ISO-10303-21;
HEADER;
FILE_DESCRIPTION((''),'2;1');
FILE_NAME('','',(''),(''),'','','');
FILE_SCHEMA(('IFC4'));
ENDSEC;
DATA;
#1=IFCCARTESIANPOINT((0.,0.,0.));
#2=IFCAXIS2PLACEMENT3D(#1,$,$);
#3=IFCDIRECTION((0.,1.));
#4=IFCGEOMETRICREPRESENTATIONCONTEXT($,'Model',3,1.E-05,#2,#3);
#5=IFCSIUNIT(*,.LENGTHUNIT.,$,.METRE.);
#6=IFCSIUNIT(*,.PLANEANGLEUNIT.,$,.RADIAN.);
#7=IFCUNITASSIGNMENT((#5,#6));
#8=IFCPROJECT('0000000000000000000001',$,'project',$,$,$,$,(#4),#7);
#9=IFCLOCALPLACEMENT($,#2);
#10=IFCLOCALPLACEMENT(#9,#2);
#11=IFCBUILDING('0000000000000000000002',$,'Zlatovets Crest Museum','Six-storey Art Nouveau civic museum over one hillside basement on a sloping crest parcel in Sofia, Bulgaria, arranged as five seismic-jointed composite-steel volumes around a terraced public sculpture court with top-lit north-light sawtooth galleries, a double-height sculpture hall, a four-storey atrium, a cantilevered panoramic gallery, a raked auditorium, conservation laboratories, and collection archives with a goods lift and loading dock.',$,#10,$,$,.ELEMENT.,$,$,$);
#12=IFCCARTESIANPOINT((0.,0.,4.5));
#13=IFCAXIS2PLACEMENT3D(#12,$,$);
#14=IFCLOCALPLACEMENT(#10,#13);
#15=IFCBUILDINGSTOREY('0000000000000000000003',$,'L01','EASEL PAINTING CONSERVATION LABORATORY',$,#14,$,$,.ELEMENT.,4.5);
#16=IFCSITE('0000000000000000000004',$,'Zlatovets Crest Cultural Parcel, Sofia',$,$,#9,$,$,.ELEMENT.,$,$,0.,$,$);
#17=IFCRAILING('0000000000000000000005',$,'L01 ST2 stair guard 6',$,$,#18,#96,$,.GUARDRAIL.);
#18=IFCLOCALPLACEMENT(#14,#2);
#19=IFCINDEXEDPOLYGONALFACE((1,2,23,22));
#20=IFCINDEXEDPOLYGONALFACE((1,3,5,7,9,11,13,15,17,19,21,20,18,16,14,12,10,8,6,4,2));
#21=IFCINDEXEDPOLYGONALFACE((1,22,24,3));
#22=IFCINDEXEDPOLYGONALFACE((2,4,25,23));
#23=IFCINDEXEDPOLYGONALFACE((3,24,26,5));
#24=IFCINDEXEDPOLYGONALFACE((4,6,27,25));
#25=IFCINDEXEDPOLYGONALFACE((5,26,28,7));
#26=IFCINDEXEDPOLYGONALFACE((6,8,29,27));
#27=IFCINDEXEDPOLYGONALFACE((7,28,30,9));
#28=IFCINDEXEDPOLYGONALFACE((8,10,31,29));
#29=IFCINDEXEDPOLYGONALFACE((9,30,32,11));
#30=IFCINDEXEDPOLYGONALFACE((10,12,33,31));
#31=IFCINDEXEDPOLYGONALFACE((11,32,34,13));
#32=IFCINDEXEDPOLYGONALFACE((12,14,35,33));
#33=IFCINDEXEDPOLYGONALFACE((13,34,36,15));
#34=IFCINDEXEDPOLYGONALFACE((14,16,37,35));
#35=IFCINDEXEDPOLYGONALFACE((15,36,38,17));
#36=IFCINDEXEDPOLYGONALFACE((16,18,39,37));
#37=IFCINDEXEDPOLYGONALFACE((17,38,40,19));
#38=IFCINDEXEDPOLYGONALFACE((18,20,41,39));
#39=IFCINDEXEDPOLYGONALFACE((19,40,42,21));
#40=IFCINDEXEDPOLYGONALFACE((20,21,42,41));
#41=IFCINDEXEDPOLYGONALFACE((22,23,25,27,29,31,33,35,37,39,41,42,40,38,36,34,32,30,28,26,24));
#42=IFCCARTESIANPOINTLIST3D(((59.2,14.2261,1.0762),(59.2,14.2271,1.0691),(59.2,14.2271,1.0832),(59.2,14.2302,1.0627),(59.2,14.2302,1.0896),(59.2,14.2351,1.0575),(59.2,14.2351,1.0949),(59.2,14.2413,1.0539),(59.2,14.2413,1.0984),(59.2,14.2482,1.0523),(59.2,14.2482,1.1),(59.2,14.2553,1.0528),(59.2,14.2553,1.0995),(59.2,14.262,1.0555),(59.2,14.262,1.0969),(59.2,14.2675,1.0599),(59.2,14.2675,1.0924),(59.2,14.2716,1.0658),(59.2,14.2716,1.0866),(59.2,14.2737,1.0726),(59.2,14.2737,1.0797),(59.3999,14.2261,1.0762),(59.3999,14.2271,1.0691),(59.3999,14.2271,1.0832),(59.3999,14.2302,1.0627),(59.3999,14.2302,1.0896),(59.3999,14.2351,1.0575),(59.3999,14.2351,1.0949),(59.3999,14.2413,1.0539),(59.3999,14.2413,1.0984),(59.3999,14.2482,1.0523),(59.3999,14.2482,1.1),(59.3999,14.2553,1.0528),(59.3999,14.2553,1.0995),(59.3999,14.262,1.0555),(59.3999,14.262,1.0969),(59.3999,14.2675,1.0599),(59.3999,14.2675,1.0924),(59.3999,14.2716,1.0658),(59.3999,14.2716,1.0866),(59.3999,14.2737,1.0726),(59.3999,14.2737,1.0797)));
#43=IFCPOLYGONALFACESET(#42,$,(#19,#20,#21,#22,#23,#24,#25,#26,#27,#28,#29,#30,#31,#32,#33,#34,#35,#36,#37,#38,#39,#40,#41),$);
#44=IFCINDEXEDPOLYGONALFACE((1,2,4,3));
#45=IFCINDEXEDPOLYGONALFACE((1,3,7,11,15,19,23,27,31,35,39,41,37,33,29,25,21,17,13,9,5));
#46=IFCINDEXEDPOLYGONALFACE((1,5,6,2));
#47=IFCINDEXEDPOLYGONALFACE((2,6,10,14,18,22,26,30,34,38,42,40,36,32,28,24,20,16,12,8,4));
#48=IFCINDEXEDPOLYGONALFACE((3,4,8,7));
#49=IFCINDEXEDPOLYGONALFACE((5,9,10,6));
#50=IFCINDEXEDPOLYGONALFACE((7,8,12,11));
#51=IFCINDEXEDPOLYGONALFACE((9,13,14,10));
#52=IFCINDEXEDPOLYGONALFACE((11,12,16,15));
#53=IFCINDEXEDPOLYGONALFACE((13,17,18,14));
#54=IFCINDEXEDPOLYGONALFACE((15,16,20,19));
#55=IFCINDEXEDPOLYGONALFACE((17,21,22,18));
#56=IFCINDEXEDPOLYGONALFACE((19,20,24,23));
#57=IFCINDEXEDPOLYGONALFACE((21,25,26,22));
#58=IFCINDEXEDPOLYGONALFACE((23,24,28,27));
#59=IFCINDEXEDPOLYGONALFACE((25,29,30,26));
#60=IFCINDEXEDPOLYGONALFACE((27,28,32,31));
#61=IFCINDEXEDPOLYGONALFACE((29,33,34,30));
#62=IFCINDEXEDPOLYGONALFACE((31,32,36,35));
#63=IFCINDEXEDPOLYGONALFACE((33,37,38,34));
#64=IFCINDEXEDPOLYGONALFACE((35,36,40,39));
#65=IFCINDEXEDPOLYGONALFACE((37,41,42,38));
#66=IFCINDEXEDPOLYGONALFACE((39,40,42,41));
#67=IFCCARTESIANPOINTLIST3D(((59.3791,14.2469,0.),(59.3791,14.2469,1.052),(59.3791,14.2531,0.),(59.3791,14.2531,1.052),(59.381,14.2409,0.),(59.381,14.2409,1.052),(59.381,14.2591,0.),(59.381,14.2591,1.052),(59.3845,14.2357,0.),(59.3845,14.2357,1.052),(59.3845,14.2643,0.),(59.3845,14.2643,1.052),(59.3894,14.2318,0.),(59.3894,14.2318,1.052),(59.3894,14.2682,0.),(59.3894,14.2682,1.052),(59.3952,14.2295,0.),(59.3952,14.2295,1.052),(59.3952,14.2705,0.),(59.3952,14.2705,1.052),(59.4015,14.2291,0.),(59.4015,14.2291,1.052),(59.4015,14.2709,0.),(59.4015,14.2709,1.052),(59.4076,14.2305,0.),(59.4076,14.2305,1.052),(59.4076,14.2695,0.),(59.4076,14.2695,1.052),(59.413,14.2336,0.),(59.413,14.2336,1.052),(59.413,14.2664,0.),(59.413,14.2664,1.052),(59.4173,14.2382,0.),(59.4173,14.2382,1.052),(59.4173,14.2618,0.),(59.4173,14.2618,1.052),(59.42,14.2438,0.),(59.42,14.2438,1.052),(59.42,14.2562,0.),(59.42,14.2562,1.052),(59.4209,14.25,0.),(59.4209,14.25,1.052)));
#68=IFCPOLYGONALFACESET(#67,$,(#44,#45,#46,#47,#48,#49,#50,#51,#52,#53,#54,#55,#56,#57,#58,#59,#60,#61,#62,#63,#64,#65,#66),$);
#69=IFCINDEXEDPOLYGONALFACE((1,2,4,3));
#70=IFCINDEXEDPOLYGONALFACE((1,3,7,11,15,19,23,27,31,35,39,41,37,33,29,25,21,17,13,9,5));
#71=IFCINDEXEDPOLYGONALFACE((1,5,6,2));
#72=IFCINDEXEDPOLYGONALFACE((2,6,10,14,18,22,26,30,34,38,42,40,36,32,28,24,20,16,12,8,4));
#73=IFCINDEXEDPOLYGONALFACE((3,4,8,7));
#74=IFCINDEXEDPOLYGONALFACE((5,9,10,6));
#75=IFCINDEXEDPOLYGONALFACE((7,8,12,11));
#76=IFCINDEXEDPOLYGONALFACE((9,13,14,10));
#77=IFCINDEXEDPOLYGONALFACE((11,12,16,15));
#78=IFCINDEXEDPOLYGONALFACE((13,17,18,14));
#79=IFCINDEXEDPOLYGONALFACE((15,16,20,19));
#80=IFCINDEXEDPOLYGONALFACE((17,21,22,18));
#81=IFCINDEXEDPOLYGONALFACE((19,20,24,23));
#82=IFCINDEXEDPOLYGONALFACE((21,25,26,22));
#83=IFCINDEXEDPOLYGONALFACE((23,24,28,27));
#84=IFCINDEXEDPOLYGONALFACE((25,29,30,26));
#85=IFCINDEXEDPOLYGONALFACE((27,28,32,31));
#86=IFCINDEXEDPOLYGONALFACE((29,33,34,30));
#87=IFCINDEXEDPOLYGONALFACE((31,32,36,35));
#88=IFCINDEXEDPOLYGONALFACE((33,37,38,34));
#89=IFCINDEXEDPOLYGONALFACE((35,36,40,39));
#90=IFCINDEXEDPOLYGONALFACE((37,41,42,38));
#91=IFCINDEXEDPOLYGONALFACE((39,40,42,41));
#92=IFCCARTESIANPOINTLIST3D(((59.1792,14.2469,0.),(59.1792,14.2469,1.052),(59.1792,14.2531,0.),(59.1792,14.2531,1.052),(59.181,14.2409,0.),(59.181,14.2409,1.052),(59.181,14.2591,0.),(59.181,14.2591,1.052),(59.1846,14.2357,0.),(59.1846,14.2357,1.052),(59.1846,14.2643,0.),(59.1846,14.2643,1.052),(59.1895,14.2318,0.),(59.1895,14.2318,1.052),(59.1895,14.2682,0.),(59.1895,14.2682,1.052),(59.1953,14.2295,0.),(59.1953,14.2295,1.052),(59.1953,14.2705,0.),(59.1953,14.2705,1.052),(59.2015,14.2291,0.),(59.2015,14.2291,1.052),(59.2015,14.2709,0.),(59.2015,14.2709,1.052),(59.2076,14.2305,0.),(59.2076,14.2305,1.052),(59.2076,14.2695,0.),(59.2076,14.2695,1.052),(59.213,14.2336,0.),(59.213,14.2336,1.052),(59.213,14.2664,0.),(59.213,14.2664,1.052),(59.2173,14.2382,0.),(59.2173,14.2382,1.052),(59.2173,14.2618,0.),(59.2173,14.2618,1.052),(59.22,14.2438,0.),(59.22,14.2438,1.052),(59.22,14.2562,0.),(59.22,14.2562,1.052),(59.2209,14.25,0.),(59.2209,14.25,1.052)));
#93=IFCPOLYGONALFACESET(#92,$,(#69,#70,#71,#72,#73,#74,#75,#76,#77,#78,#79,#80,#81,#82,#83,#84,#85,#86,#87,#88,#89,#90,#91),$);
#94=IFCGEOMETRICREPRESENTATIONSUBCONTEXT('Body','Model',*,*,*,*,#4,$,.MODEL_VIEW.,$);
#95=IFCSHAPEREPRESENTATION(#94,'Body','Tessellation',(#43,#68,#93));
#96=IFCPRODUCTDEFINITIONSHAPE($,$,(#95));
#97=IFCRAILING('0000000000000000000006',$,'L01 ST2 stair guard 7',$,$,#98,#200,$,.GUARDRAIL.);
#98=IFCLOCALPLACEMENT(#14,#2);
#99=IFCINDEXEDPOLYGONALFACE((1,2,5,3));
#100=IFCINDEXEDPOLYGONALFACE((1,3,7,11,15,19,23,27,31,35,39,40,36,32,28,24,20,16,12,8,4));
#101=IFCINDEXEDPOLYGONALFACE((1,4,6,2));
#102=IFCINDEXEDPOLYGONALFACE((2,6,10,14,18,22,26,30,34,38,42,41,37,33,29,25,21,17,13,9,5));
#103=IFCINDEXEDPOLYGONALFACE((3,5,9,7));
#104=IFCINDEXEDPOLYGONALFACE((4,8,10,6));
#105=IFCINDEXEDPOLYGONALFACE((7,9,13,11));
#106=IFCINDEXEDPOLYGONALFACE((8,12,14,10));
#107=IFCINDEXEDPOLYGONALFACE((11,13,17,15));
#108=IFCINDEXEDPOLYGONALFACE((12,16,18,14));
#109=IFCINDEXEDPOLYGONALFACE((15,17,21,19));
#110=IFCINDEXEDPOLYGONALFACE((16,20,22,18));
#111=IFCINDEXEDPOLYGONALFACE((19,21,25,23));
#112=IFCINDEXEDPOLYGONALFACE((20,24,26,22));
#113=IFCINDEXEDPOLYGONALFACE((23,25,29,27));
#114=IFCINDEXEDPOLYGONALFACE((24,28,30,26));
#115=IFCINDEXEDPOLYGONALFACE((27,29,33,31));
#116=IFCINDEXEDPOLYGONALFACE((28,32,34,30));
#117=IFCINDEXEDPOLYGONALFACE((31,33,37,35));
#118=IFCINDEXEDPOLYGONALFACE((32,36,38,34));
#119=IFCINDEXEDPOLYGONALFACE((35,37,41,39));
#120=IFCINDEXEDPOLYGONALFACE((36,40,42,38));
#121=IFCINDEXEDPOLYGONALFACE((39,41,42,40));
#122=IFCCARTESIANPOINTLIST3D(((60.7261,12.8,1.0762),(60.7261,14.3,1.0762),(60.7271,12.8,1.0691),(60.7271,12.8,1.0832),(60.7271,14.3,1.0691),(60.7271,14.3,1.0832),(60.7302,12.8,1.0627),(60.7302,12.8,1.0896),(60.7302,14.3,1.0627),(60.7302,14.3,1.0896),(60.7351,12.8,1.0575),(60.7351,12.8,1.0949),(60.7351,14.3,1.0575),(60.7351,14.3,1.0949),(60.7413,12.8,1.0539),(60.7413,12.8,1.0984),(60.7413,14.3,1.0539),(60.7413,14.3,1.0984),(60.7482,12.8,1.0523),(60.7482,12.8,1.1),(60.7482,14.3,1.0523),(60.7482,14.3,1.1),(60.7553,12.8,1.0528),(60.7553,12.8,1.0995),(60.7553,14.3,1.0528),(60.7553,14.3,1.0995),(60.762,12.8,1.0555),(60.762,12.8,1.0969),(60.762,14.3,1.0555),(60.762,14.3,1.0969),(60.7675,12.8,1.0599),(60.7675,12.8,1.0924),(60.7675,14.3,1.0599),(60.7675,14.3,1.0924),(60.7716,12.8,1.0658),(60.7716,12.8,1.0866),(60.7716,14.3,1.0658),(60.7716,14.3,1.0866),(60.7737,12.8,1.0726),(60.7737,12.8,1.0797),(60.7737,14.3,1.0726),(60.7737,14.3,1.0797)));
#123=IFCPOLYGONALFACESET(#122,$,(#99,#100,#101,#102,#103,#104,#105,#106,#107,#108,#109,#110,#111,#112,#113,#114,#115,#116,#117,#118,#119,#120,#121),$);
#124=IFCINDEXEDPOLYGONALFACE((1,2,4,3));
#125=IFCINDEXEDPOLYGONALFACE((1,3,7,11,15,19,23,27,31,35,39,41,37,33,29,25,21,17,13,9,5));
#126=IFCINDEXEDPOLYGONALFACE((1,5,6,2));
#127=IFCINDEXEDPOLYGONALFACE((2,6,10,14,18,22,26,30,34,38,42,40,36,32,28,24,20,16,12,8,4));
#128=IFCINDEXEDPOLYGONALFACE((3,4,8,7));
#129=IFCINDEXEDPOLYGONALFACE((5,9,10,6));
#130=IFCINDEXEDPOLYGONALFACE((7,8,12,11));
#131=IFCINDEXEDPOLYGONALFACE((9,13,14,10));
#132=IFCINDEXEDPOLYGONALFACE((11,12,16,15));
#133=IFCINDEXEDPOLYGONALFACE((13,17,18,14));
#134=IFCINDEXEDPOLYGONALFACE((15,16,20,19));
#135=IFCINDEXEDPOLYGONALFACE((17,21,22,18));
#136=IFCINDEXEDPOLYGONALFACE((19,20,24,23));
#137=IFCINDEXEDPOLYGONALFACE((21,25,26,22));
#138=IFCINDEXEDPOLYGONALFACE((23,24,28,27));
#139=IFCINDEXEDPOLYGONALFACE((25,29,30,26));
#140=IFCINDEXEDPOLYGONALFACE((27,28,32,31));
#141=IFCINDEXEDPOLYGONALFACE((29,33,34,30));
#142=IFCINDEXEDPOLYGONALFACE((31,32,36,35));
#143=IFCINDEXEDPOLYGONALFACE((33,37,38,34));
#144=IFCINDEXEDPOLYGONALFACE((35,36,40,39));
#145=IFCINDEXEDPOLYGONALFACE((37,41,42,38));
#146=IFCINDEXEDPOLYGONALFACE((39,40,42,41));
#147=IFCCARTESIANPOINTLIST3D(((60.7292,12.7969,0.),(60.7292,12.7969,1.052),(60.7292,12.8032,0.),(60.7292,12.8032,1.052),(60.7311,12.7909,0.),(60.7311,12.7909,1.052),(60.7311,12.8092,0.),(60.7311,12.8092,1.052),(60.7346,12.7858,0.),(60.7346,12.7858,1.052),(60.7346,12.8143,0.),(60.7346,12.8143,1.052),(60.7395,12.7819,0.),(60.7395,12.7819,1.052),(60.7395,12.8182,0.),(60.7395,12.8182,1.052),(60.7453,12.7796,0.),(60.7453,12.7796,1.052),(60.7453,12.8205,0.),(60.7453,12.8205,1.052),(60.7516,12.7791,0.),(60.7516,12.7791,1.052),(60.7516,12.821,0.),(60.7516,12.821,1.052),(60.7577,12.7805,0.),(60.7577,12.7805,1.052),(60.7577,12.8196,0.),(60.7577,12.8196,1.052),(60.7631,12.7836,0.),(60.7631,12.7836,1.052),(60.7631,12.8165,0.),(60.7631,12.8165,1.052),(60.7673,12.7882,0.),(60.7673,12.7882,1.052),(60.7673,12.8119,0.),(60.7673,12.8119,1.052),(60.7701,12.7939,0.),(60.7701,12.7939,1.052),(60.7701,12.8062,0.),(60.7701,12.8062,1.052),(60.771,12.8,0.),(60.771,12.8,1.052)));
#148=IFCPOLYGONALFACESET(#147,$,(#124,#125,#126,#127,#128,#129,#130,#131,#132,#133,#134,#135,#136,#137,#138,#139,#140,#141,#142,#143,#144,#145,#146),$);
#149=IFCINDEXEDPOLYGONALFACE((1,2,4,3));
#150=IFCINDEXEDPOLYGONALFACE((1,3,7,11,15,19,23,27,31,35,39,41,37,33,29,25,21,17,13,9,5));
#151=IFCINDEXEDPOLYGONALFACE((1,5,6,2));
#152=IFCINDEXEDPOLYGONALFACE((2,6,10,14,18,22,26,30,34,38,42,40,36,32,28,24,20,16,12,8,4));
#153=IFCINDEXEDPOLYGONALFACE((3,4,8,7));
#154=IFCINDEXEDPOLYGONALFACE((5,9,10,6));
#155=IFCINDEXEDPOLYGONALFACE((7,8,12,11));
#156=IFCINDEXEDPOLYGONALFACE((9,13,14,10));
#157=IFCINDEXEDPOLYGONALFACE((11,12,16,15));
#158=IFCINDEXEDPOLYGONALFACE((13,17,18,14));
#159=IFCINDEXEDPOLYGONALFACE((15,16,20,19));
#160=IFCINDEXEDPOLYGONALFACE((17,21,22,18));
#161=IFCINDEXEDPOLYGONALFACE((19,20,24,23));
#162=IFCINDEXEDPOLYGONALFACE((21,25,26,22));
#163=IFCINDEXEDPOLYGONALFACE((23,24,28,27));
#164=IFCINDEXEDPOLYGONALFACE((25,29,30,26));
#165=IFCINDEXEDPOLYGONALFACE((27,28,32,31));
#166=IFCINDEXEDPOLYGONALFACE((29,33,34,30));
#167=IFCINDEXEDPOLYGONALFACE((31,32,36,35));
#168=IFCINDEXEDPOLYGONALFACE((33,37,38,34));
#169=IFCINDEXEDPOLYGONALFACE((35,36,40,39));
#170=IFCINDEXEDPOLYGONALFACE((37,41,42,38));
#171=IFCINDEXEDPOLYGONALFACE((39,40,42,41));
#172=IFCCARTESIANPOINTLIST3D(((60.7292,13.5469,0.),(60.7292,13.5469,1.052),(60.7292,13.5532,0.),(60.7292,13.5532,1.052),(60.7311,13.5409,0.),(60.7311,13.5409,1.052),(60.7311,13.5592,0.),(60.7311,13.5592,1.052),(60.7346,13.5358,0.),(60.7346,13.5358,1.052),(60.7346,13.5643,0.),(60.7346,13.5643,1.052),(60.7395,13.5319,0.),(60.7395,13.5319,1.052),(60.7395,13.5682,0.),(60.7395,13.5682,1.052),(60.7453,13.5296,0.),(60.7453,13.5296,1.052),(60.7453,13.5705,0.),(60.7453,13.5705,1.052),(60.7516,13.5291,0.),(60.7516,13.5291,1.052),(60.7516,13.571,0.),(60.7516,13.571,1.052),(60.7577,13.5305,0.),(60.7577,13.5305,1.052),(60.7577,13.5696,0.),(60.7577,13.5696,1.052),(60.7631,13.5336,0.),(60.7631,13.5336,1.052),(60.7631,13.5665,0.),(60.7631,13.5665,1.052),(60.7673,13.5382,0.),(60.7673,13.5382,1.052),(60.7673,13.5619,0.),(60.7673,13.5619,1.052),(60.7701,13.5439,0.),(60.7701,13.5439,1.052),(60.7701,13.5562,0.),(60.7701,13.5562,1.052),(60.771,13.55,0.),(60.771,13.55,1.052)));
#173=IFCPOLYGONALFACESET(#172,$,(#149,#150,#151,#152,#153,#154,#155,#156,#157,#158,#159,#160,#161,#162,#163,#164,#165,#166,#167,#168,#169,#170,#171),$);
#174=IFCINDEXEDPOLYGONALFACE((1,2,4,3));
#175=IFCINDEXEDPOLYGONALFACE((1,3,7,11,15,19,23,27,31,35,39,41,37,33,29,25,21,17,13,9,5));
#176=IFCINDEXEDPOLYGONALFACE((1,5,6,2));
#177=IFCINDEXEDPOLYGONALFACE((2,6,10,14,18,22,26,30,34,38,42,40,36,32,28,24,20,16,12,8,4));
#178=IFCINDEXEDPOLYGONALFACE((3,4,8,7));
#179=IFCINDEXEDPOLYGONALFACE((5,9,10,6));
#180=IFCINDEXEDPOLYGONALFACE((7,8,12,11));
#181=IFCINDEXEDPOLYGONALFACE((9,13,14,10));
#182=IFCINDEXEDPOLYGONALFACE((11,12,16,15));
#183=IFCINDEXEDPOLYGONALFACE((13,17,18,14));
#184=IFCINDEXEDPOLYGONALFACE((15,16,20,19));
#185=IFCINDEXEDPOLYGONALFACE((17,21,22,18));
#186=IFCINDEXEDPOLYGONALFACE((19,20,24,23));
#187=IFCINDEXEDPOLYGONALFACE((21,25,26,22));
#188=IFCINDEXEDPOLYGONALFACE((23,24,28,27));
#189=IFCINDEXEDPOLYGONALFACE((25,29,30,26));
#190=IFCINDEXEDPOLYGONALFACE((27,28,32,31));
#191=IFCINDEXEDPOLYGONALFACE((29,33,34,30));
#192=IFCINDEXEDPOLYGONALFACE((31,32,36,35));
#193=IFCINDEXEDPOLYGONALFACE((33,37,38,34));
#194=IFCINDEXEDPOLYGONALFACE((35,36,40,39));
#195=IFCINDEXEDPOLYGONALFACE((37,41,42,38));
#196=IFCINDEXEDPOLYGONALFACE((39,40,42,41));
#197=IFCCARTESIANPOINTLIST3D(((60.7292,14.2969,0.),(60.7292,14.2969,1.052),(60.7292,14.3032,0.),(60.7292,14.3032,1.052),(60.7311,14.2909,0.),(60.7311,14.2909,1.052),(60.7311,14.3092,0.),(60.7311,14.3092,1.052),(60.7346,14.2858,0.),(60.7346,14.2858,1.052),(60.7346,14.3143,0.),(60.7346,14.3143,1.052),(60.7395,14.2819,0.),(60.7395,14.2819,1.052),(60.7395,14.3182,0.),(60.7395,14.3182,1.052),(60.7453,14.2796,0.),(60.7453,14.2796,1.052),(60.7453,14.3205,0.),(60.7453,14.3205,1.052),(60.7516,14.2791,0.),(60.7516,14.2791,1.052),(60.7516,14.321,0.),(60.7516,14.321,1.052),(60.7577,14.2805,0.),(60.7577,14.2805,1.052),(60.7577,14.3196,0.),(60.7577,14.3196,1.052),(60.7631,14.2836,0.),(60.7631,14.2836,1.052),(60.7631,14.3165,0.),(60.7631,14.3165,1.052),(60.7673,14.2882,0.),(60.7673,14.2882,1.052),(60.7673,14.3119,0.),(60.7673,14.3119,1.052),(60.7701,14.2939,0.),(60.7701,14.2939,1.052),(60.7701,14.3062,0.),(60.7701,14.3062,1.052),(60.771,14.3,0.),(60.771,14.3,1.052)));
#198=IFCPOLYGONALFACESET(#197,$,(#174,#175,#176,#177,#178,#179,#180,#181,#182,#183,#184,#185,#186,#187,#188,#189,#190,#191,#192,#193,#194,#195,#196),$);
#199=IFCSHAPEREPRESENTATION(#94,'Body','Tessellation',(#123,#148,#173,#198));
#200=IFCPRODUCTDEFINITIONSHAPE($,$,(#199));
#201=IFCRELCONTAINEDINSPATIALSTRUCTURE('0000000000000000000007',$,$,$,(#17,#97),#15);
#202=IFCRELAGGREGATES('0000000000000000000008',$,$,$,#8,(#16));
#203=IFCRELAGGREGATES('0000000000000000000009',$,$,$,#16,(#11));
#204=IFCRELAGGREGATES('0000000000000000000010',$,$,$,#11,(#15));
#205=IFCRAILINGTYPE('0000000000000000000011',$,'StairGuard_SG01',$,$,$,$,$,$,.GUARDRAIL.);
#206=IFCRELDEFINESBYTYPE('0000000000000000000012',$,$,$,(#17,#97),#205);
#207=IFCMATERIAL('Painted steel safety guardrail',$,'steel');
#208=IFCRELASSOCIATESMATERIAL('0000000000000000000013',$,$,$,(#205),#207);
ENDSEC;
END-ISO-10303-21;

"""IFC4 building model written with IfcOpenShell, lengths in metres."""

from ifc_helpers import new_model, si_unit, direction, frame, origin, origin_2d, place, context, subcontext, project, spatial, circle, extrude, material, type_object, element, save


model = new_model("IFC4")

# Units and contexts
model_context = context("Model", 3, precision=1e-05, world=origin(), true_north=direction((0.0, 1.0)))
body_context = subcontext(model_context, "Body", "Model", "MODEL_VIEW")
ifc_project = project(units=[si_unit("LENGTHUNIT", "METRE"), si_unit("PLANEANGLEUNIT", "RADIAN")], contexts=[model_context])

# Site, building, storey
site_placement = place(None, origin())
site = spatial("IfcSite", under=ifc_project, at=site_placement, Name="Zlatovets Crest Cultural Parcel, Sofia", CompositionType="ELEMENT", RefElevation=0.0)
building_placement = place(site_placement, origin())
building = spatial("IfcBuilding", under=site, at=building_placement, Name="Zlatovets Crest Museum", Description="Six-storey Art Nouveau civic museum over one hillside basement on a sloping crest parcel in Sofia, Bulgaria, arranged as five seismic-jointed composite-steel volumes around a terraced public sculpture court with top-lit north-light sawtooth galleries, a double-height sculpture hall, a four-storey atrium, a cantilevered panoramic gallery, a raked auditorium, conservation laboratories, and collection archives with a goods lift and loading dock.", CompositionType="ELEMENT")
storey_placement = place(building_placement, frame((0.0, 0.0, 4.5)))
storey = spatial("IfcBuildingStorey", under=building, at=storey_placement, Name="L01", Description="EASEL PAINTING CONSERVATION LABORATORY", CompositionType="ELEMENT", Elevation=4.5)

# Railings
ifc_material_1 = material(Name="Painted steel safety guardrail", Category="steel")
railing_type_1 = type_object("IfcRailingType", Name="StairGuard_SG01", PredefinedType="GUARDRAIL", material=ifc_material_1)
railing_1_placement = place(storey_placement, frame((59.3999, 14.25, 0.0)))
element("IfcRailing", 1, at=railing_1_placement, inside=storey, type_object=railing_type_1, Name="L01 ST2 stair guard 6", PredefinedType="GUARDRAIL", context=body_context, shape_type="SweptSolid", body=[
    extrude(circle(Radius=0.0239, at=origin_2d()), frame((0.0, 0.0, 1.0762), z_axis=(-1.0, 0.0, 0.0), x_axis=(0.0, -1.0, 0.0)), (0.0, 0.0, 1.0), 0.2),
    extrude(circle(Radius=0.021, at=origin_2d()), origin(), (0.0, 0.0, 1.0), 1.052),
    extrude(circle(Radius=0.021, at=origin_2d()), frame((-0.2, 0.0, 0.0)), (0.0, 0.0, 1.0), 1.052),
])
for number, where, name in (
    (2, (60.75, 12.8, 0.0), "L01 ST2 stair guard 7"),
):
    element("IfcRailing", number, at=place(storey_placement, frame(where)), inside=storey, type_object=railing_type_1, Name=name, PredefinedType="GUARDRAIL", context=body_context, shape_type="SweptSolid", body=[
        extrude(circle(Radius=0.0239, at=origin_2d()), frame((0.0, 0.0, 1.0762), z_axis=(0.0, 1.0, 0.0), x_axis=(-1.0, 0.0, 0.0)), (0.0, 0.0, 1.0), 1.5),
        extrude(circle(Radius=0.021, at=origin_2d()), origin(), (0.0, 0.0, 1.0), 1.052),
        extrude(circle(Radius=0.021, at=origin_2d()), frame((0.0, 0.75, 0.0)), (0.0, 0.0, 1.0), 1.052),
        extrude(circle(Radius=0.021, at=origin_2d()), frame((0.0, 1.5, 0.0)), (0.0, 0.0, 1.0), 1.052),
    ])

save(model, "model.ifc")
